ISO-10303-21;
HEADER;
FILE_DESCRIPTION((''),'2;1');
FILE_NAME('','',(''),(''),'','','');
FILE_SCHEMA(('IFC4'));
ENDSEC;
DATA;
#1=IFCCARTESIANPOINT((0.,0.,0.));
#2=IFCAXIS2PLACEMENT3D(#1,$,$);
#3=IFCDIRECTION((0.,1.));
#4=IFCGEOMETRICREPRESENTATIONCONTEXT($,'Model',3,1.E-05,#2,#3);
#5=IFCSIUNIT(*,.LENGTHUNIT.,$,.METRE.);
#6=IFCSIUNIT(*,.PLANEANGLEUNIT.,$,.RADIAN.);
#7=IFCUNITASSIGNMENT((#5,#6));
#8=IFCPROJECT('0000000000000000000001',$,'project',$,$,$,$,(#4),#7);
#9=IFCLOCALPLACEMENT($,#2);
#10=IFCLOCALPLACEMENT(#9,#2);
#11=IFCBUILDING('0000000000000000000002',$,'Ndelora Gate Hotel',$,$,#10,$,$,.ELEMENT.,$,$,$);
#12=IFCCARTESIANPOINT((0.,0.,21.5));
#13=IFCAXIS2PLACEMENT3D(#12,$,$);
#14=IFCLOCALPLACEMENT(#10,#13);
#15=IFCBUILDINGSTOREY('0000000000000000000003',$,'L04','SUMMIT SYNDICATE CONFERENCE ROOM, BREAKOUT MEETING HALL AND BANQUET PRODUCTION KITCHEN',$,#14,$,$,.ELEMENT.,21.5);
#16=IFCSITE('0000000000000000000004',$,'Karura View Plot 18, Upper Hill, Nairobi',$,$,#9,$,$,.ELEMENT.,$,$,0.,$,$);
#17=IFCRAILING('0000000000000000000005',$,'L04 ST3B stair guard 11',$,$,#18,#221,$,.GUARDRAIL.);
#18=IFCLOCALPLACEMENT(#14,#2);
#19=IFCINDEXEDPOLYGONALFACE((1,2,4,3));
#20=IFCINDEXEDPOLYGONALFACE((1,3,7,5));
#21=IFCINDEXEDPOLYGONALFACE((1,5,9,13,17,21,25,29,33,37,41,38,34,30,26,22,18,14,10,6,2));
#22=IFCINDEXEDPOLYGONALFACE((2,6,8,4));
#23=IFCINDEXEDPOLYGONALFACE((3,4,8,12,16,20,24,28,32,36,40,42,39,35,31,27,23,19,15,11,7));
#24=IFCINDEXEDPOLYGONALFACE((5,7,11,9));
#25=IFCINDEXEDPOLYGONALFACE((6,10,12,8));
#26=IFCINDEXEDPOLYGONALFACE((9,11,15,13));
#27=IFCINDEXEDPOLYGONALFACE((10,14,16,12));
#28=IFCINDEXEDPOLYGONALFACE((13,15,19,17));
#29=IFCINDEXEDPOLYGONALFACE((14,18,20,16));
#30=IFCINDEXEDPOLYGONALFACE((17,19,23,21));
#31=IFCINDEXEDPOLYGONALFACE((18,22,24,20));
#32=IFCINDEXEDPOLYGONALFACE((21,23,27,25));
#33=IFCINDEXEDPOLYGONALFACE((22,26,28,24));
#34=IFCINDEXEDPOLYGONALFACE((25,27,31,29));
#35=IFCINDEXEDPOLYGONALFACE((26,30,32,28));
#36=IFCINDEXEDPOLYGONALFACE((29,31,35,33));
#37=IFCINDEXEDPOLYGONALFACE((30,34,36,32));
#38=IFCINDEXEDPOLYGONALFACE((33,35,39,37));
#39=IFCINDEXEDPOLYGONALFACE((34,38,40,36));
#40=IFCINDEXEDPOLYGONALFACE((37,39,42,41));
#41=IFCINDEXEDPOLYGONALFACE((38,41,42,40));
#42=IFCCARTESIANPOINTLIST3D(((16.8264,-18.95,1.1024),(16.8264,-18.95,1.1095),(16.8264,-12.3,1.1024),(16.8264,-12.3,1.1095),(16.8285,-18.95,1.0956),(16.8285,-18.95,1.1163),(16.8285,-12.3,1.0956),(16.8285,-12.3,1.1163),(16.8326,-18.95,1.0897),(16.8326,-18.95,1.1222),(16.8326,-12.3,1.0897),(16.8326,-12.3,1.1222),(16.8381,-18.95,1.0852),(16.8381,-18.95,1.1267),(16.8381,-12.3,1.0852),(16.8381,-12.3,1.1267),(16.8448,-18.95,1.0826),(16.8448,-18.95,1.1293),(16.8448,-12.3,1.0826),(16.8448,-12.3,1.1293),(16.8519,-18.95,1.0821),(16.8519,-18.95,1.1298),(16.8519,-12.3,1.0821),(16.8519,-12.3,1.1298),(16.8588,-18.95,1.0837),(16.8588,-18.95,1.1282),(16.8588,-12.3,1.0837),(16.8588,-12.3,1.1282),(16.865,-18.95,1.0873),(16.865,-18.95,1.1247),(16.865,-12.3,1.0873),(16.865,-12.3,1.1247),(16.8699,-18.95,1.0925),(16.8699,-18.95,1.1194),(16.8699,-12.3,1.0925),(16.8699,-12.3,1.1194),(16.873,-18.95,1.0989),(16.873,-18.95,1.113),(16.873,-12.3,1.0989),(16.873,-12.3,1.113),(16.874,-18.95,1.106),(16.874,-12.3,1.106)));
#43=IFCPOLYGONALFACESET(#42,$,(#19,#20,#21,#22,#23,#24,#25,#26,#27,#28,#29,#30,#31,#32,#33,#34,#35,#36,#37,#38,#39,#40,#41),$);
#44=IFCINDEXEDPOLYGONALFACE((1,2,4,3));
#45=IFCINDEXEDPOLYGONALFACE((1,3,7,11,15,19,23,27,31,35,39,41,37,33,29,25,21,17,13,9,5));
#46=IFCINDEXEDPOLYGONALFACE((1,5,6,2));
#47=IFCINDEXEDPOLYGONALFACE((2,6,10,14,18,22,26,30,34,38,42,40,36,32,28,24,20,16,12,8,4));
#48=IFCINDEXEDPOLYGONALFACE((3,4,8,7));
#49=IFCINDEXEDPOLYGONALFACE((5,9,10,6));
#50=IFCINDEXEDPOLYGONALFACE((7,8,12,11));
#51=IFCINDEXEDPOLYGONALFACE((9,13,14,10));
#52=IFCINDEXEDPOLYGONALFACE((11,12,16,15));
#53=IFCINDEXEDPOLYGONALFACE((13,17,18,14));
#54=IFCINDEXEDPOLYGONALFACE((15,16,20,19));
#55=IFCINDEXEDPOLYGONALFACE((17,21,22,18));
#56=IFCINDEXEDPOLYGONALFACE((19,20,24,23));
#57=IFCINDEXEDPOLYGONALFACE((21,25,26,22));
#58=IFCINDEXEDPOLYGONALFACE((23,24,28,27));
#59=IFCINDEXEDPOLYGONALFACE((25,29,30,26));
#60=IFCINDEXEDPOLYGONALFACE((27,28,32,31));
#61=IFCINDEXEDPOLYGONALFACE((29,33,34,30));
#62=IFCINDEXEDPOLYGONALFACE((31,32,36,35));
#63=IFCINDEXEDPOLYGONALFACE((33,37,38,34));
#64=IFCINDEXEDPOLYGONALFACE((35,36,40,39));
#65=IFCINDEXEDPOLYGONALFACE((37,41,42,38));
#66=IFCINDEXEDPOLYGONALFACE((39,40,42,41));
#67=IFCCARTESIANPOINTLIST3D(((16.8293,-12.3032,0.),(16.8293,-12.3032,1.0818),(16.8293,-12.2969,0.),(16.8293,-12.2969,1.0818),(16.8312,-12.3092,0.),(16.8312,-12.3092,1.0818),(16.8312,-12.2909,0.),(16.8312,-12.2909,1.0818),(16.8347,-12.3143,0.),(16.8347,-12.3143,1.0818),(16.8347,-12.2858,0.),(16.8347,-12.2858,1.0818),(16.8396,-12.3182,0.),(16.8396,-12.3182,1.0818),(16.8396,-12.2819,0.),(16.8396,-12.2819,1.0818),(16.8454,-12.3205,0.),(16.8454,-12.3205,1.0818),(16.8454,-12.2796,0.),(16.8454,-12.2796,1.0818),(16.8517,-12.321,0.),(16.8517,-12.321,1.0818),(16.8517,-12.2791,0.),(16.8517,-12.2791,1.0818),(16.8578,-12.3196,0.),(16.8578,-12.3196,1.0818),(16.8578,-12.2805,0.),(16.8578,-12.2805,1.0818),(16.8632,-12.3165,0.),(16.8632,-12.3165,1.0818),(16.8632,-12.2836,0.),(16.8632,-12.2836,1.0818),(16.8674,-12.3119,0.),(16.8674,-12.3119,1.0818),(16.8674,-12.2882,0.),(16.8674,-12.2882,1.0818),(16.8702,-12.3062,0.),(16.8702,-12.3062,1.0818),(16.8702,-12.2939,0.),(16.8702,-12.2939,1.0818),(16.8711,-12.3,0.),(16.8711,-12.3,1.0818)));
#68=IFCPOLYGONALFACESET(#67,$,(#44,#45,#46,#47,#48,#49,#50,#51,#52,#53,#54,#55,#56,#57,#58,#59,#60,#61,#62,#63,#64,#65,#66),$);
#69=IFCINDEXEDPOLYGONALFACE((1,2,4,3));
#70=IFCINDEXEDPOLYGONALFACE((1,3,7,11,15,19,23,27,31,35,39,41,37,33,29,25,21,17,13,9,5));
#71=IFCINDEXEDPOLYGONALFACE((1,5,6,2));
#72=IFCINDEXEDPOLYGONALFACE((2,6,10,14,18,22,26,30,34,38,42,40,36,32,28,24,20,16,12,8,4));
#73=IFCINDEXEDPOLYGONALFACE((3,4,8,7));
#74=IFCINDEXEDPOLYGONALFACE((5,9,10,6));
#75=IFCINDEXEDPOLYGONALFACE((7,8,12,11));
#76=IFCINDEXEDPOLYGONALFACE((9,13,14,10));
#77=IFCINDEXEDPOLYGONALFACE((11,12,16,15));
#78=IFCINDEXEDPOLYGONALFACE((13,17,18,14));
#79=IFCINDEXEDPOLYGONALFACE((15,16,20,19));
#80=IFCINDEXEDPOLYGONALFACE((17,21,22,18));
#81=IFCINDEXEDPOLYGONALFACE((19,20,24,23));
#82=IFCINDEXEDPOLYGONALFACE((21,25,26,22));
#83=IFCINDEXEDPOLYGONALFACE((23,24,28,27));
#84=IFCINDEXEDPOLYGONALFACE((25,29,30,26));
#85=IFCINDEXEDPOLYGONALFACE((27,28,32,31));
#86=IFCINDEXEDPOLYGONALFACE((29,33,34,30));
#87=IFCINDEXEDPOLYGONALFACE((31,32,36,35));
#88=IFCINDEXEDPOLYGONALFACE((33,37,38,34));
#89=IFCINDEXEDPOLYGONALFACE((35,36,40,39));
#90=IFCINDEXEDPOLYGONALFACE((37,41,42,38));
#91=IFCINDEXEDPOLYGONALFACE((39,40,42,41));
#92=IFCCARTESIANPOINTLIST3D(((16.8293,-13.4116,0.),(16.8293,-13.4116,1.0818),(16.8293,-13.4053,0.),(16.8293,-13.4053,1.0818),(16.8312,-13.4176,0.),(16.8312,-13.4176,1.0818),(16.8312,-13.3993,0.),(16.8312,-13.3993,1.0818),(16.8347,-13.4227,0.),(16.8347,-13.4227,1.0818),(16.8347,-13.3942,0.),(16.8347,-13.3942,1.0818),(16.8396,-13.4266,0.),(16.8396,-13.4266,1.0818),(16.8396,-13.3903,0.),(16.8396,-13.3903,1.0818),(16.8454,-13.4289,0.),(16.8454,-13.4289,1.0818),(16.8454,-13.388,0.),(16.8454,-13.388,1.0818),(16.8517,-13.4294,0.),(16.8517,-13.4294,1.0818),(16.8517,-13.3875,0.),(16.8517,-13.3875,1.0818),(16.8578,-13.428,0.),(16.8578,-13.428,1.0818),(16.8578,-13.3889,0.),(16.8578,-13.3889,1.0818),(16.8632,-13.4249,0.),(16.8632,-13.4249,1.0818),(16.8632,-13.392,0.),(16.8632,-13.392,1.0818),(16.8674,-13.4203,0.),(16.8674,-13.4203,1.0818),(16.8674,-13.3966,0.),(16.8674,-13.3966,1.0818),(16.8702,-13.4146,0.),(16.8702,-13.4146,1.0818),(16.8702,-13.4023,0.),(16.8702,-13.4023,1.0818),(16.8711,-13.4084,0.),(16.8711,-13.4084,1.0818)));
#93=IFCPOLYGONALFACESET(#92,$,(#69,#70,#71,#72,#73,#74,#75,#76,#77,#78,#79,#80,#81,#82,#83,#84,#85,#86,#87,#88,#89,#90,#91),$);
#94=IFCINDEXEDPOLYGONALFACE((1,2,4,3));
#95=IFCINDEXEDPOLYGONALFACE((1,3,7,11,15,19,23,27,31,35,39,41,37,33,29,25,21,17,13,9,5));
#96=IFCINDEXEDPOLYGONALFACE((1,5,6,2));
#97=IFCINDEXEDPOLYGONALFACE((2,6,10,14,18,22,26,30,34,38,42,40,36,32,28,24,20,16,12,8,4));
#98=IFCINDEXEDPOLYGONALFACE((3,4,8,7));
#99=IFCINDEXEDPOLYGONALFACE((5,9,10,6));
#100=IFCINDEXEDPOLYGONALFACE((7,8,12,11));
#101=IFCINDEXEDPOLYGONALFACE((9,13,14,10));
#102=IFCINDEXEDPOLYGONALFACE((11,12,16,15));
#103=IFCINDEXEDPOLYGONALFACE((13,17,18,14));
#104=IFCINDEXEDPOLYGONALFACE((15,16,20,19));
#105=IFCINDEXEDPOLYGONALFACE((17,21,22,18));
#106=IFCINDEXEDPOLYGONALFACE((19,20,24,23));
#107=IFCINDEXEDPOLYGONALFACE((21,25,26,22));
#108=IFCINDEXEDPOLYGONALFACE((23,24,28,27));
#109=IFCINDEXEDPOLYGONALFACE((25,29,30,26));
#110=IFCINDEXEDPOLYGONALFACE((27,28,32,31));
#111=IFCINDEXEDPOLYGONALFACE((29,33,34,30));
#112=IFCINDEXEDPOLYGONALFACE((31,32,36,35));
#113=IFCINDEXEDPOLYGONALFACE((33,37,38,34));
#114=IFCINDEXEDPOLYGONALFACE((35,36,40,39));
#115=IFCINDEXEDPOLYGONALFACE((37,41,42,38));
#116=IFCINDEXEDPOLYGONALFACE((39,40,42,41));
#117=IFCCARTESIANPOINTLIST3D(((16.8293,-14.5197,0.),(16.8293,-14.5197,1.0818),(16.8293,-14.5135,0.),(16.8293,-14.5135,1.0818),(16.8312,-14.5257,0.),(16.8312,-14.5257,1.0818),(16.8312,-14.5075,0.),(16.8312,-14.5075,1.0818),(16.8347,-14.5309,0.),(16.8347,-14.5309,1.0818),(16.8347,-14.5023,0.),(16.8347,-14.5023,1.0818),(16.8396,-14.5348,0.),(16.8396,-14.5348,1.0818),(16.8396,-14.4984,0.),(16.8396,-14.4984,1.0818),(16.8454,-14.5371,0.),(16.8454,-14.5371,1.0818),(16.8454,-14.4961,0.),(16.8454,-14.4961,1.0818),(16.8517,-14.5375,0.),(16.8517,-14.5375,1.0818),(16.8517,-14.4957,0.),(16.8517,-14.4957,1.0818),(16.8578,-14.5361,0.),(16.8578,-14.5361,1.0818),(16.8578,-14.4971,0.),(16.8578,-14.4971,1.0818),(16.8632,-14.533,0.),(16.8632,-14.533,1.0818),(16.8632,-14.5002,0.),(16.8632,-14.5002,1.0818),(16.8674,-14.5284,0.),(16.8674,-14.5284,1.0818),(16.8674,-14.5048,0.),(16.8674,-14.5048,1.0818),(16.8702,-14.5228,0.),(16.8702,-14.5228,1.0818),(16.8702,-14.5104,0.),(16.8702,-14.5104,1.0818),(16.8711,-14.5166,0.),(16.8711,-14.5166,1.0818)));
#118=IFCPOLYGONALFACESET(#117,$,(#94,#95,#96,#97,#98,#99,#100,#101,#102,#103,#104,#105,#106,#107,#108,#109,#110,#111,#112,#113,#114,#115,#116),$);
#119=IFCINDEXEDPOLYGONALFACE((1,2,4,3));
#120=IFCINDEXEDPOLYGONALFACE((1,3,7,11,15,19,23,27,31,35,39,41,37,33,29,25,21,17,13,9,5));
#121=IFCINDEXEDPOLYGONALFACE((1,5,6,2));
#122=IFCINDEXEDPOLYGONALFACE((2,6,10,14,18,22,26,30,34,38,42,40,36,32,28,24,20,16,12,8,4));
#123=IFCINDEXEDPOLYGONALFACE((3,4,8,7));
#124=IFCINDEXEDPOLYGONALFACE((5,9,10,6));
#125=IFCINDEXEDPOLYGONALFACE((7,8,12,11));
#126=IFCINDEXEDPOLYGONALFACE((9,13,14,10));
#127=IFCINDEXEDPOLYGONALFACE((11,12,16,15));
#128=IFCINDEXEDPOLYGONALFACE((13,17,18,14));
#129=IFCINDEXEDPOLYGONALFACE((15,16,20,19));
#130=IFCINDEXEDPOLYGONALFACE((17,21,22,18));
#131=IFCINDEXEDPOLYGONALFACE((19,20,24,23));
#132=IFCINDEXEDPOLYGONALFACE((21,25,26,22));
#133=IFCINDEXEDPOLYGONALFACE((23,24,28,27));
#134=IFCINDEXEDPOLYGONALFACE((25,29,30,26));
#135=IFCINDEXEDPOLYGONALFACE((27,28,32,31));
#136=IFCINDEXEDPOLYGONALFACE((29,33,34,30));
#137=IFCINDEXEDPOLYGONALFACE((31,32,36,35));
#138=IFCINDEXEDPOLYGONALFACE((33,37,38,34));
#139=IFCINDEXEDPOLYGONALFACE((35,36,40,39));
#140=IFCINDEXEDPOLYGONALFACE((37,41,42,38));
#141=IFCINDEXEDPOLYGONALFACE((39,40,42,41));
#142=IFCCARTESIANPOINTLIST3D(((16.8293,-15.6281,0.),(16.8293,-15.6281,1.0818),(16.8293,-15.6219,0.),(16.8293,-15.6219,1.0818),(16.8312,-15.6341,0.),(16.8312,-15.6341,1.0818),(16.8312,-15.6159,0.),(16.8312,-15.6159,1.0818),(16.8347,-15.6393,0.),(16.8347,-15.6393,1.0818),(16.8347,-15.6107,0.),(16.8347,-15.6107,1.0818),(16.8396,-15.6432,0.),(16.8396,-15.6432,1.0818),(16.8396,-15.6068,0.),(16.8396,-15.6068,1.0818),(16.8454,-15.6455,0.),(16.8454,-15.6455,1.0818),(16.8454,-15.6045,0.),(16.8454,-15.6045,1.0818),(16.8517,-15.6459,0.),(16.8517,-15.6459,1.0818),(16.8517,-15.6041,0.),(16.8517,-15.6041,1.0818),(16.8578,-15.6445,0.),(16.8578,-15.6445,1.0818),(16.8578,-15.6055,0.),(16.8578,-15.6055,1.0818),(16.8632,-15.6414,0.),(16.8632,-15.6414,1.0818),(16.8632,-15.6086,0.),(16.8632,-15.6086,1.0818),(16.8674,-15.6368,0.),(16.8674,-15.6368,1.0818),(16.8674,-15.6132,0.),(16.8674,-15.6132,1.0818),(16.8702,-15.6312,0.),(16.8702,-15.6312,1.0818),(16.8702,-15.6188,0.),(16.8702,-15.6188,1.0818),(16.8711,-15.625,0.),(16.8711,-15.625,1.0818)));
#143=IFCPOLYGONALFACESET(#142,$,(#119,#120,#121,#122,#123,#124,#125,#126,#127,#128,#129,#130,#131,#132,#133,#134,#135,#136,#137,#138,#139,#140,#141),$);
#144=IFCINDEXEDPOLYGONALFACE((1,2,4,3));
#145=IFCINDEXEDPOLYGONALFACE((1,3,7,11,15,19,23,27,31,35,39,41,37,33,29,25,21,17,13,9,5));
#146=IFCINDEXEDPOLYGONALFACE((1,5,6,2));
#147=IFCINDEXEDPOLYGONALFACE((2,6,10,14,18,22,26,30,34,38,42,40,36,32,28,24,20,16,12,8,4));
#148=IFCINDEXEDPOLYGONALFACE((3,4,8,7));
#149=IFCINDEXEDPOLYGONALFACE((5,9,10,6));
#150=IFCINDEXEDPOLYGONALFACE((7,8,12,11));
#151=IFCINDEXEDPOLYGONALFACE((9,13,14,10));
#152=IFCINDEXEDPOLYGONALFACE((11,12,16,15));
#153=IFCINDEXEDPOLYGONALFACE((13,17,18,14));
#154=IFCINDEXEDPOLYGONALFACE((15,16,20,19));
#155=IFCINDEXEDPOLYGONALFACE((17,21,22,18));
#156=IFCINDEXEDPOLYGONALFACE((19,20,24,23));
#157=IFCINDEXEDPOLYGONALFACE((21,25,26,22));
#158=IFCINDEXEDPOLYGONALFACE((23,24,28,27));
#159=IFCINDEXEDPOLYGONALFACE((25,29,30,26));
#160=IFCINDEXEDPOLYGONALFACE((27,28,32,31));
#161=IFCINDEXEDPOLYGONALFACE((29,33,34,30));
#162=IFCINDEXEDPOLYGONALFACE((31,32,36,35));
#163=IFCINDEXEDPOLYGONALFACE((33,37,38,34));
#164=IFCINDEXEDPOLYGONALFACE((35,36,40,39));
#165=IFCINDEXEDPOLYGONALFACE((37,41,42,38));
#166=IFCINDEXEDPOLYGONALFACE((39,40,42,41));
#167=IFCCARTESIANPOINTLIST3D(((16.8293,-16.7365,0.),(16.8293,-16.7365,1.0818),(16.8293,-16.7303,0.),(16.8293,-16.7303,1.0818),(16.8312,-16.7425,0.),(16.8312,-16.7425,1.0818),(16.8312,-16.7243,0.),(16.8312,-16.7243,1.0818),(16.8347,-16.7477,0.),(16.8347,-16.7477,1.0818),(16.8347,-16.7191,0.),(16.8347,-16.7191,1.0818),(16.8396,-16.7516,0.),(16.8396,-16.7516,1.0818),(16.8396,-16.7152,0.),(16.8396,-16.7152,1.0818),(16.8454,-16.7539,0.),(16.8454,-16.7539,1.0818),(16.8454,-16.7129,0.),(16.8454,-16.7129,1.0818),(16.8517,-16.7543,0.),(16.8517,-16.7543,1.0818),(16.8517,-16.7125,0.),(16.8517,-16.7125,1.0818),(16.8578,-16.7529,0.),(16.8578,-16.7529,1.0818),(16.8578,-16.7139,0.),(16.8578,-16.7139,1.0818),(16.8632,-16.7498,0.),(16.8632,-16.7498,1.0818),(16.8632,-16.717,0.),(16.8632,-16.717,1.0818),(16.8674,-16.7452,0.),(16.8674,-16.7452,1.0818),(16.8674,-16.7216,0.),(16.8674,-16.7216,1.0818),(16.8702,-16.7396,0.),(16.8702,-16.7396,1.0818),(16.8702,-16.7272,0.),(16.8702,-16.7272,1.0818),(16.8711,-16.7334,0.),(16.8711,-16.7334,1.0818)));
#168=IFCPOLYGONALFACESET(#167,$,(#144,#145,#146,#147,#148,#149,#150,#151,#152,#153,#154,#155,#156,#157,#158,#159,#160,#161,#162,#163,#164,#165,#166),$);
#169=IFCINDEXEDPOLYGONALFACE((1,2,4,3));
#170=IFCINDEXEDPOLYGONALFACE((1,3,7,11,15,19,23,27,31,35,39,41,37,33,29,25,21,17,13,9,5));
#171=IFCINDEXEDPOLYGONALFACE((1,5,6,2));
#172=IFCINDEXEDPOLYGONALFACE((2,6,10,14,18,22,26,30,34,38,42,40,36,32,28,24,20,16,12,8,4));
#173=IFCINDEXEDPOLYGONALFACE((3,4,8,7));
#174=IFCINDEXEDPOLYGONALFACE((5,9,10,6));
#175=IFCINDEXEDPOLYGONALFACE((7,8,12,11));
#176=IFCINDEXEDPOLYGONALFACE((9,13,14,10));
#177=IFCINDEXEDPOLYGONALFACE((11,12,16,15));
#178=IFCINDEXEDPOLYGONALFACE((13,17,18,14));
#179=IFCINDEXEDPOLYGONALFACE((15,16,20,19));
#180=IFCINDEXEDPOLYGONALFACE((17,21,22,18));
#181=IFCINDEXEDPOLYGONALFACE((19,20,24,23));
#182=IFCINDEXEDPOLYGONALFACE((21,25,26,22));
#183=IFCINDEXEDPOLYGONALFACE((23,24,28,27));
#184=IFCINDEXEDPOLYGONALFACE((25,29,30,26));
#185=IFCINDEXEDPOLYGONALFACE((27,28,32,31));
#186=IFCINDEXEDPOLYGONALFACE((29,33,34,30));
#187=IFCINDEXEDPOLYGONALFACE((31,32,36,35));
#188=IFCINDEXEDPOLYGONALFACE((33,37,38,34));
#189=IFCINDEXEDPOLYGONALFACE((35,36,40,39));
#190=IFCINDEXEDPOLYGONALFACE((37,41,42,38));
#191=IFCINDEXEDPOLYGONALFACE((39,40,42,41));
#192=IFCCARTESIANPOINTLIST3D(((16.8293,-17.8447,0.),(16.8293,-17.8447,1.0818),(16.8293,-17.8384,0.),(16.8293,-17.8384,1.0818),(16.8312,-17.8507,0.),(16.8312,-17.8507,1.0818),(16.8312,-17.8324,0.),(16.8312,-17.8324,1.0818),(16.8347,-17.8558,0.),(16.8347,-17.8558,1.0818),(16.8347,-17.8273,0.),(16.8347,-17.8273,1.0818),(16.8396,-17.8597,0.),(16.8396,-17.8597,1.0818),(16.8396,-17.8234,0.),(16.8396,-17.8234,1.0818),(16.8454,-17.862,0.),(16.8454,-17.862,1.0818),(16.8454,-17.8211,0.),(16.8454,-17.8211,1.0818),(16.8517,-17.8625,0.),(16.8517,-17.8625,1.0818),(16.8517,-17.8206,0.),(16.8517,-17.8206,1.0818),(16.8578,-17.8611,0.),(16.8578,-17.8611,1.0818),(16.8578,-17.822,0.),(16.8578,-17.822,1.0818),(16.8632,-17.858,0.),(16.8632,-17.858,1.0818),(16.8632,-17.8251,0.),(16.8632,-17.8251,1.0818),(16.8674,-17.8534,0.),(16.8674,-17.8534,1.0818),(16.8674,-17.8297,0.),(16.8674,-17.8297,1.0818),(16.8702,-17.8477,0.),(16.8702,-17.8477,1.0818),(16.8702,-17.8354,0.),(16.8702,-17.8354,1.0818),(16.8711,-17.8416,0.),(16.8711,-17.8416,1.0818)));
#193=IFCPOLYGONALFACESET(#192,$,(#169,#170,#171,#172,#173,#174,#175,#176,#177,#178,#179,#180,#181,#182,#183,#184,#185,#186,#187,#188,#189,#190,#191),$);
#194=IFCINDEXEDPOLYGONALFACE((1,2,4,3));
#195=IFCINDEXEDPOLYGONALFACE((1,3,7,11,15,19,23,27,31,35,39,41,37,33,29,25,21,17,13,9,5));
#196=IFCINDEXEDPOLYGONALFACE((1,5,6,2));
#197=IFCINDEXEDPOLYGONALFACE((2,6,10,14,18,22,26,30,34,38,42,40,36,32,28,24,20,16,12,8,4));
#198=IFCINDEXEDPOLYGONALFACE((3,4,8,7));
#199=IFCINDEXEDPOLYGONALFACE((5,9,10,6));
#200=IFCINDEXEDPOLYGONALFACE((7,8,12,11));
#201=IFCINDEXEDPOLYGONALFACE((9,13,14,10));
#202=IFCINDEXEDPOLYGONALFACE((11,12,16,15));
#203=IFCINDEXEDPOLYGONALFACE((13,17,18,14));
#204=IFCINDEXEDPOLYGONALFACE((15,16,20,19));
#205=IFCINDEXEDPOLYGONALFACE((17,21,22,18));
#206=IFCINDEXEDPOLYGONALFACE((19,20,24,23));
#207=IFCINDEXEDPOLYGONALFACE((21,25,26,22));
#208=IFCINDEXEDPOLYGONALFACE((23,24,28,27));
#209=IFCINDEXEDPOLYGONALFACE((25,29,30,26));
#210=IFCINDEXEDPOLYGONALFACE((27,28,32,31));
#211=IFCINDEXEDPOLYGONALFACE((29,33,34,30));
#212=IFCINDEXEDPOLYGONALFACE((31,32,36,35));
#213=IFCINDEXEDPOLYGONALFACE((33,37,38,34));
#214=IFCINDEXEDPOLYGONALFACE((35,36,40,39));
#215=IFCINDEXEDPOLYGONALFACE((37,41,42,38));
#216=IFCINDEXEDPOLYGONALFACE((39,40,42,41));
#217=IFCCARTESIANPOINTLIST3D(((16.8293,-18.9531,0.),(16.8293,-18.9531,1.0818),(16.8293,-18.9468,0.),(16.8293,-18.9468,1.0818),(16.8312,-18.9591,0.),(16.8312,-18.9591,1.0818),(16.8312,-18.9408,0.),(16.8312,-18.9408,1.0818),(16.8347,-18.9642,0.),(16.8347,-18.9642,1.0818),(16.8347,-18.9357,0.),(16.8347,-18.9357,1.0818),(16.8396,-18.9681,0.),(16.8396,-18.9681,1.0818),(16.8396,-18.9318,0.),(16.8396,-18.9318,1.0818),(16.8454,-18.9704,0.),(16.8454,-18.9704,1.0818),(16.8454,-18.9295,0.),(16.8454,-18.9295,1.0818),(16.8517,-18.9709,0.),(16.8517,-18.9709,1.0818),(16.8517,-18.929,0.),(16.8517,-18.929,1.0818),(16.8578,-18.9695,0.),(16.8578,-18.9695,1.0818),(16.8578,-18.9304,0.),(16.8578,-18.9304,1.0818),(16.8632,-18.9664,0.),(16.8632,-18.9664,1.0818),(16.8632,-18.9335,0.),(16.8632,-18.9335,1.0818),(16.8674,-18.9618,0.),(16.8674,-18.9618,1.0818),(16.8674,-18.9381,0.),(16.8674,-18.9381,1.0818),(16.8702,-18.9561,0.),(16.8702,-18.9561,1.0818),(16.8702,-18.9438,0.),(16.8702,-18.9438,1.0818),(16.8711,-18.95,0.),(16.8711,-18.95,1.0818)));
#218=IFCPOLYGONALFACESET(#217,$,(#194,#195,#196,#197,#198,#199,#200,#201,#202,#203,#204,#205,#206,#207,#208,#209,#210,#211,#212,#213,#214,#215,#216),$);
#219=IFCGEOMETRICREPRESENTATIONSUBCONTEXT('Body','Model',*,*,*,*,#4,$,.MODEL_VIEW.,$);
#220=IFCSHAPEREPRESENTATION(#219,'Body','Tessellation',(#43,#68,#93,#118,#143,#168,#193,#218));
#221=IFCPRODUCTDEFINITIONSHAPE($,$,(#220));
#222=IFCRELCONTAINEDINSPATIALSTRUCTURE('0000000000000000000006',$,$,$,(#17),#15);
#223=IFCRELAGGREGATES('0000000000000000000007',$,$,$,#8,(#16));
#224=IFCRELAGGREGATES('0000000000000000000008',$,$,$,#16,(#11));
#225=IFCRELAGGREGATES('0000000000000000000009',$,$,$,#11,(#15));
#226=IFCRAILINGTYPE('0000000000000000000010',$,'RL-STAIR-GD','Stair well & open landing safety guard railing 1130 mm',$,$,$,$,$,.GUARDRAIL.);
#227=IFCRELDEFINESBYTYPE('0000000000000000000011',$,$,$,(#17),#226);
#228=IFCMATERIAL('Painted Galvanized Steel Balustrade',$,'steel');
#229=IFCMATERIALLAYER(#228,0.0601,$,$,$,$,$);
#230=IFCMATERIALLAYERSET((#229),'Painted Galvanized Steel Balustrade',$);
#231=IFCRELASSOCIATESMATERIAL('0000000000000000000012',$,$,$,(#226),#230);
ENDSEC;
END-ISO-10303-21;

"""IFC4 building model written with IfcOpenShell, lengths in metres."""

from ifc_helpers import new_model, si_unit, direction, frame, origin, origin_2d, place, context, subcontext, project, spatial, circle, extrude, material, layer, layer_set, type_object, element, save


model = new_model("IFC4")

# Units and contexts
model_context = context("Model", 3, precision=1e-05, world=origin(), true_north=direction((0.0, 1.0)))
body_context = subcontext(model_context, "Body", "Model", "MODEL_VIEW")
ifc_project = project(units=[si_unit("LENGTHUNIT", "METRE"), si_unit("PLANEANGLEUNIT", "RADIAN")], contexts=[model_context])

# Site, building, storey
site_placement = place(None, origin())
site = spatial("IfcSite", under=ifc_project, at=site_placement, Name="Karura View Plot 18, Upper Hill, Nairobi", CompositionType="ELEMENT", RefElevation=0.0)
building_placement = place(site_placement, origin())
building = spatial("IfcBuilding", under=site, at=building_placement, Name="Ndelora Gate Hotel", CompositionType="ELEMENT")
storey_placement = place(building_placement, frame((0.0, 0.0, 21.5)))
storey = spatial("IfcBuildingStorey", under=building, at=storey_placement, Name="L04", Description="SUMMIT SYNDICATE CONFERENCE ROOM, BREAKOUT MEETING HALL AND BANQUET PRODUCTION KITCHEN", CompositionType="ELEMENT", Elevation=21.5)

# Railing
ifc_material_1 = material(Name="Painted Galvanized Steel Balustrade", Category="steel")
ifc_layer_1 = layer(ifc_material_1, 0.0601)
ifc_layer_set_1 = layer_set([ifc_layer_1], Name="Painted Galvanized Steel Balustrade")
railing_type_1 = type_object("IfcRailingType", Name="RL-STAIR-GD", Description="Stair well & open landing safety guard railing 1130 mm", PredefinedType="GUARDRAIL", material=ifc_layer_set_1)
railing_1_placement = place(storey_placement, frame((16.8501, -12.3, 0.0)))
element("IfcRailing", 1, at=railing_1_placement, inside=storey, type_object=railing_type_1, Name="L04 ST3B stair guard 11", PredefinedType="GUARDRAIL", context=body_context, shape_type="SweptSolid", body=[
    extrude(circle(Radius=0.0239, at=origin_2d()), frame((0.0, 0.0, 1.106), z_axis=(0.0, -1.0, 0.0), x_axis=(1.0, 0.0, 0.0)), (0.0, 0.0, 1.0), 6.6499),
    extrude(circle(Radius=0.021, at=origin_2d()), origin(), (0.0, 0.0, 1.0), 1.0818),
    extrude(circle(Radius=0.021, at=origin_2d()), frame((0.0, -1.1084, 0.0)), (0.0, 0.0, 1.0), 1.0818),
    extrude(circle(Radius=0.021, at=origin_2d()), frame((0.0, -2.2166, 0.0)), (0.0, 0.0, 1.0), 1.0818),
    extrude(circle(Radius=0.021, at=origin_2d()), frame((0.0, -3.325, 0.0)), (0.0, 0.0, 1.0), 1.0818),
    extrude(circle(Radius=0.021, at=origin_2d()), frame((0.0, -4.4333, 0.0)), (0.0, 0.0, 1.0), 1.0818),
    extrude(circle(Radius=0.021, at=origin_2d()), frame((0.0, -5.5415, 0.0)), (0.0, 0.0, 1.0), 1.0818),
    extrude(circle(Radius=0.021, at=origin_2d()), frame((0.0, -6.6499, 0.0)), (0.0, 0.0, 1.0), 1.0818),
])

save(model, "model.ifc")
